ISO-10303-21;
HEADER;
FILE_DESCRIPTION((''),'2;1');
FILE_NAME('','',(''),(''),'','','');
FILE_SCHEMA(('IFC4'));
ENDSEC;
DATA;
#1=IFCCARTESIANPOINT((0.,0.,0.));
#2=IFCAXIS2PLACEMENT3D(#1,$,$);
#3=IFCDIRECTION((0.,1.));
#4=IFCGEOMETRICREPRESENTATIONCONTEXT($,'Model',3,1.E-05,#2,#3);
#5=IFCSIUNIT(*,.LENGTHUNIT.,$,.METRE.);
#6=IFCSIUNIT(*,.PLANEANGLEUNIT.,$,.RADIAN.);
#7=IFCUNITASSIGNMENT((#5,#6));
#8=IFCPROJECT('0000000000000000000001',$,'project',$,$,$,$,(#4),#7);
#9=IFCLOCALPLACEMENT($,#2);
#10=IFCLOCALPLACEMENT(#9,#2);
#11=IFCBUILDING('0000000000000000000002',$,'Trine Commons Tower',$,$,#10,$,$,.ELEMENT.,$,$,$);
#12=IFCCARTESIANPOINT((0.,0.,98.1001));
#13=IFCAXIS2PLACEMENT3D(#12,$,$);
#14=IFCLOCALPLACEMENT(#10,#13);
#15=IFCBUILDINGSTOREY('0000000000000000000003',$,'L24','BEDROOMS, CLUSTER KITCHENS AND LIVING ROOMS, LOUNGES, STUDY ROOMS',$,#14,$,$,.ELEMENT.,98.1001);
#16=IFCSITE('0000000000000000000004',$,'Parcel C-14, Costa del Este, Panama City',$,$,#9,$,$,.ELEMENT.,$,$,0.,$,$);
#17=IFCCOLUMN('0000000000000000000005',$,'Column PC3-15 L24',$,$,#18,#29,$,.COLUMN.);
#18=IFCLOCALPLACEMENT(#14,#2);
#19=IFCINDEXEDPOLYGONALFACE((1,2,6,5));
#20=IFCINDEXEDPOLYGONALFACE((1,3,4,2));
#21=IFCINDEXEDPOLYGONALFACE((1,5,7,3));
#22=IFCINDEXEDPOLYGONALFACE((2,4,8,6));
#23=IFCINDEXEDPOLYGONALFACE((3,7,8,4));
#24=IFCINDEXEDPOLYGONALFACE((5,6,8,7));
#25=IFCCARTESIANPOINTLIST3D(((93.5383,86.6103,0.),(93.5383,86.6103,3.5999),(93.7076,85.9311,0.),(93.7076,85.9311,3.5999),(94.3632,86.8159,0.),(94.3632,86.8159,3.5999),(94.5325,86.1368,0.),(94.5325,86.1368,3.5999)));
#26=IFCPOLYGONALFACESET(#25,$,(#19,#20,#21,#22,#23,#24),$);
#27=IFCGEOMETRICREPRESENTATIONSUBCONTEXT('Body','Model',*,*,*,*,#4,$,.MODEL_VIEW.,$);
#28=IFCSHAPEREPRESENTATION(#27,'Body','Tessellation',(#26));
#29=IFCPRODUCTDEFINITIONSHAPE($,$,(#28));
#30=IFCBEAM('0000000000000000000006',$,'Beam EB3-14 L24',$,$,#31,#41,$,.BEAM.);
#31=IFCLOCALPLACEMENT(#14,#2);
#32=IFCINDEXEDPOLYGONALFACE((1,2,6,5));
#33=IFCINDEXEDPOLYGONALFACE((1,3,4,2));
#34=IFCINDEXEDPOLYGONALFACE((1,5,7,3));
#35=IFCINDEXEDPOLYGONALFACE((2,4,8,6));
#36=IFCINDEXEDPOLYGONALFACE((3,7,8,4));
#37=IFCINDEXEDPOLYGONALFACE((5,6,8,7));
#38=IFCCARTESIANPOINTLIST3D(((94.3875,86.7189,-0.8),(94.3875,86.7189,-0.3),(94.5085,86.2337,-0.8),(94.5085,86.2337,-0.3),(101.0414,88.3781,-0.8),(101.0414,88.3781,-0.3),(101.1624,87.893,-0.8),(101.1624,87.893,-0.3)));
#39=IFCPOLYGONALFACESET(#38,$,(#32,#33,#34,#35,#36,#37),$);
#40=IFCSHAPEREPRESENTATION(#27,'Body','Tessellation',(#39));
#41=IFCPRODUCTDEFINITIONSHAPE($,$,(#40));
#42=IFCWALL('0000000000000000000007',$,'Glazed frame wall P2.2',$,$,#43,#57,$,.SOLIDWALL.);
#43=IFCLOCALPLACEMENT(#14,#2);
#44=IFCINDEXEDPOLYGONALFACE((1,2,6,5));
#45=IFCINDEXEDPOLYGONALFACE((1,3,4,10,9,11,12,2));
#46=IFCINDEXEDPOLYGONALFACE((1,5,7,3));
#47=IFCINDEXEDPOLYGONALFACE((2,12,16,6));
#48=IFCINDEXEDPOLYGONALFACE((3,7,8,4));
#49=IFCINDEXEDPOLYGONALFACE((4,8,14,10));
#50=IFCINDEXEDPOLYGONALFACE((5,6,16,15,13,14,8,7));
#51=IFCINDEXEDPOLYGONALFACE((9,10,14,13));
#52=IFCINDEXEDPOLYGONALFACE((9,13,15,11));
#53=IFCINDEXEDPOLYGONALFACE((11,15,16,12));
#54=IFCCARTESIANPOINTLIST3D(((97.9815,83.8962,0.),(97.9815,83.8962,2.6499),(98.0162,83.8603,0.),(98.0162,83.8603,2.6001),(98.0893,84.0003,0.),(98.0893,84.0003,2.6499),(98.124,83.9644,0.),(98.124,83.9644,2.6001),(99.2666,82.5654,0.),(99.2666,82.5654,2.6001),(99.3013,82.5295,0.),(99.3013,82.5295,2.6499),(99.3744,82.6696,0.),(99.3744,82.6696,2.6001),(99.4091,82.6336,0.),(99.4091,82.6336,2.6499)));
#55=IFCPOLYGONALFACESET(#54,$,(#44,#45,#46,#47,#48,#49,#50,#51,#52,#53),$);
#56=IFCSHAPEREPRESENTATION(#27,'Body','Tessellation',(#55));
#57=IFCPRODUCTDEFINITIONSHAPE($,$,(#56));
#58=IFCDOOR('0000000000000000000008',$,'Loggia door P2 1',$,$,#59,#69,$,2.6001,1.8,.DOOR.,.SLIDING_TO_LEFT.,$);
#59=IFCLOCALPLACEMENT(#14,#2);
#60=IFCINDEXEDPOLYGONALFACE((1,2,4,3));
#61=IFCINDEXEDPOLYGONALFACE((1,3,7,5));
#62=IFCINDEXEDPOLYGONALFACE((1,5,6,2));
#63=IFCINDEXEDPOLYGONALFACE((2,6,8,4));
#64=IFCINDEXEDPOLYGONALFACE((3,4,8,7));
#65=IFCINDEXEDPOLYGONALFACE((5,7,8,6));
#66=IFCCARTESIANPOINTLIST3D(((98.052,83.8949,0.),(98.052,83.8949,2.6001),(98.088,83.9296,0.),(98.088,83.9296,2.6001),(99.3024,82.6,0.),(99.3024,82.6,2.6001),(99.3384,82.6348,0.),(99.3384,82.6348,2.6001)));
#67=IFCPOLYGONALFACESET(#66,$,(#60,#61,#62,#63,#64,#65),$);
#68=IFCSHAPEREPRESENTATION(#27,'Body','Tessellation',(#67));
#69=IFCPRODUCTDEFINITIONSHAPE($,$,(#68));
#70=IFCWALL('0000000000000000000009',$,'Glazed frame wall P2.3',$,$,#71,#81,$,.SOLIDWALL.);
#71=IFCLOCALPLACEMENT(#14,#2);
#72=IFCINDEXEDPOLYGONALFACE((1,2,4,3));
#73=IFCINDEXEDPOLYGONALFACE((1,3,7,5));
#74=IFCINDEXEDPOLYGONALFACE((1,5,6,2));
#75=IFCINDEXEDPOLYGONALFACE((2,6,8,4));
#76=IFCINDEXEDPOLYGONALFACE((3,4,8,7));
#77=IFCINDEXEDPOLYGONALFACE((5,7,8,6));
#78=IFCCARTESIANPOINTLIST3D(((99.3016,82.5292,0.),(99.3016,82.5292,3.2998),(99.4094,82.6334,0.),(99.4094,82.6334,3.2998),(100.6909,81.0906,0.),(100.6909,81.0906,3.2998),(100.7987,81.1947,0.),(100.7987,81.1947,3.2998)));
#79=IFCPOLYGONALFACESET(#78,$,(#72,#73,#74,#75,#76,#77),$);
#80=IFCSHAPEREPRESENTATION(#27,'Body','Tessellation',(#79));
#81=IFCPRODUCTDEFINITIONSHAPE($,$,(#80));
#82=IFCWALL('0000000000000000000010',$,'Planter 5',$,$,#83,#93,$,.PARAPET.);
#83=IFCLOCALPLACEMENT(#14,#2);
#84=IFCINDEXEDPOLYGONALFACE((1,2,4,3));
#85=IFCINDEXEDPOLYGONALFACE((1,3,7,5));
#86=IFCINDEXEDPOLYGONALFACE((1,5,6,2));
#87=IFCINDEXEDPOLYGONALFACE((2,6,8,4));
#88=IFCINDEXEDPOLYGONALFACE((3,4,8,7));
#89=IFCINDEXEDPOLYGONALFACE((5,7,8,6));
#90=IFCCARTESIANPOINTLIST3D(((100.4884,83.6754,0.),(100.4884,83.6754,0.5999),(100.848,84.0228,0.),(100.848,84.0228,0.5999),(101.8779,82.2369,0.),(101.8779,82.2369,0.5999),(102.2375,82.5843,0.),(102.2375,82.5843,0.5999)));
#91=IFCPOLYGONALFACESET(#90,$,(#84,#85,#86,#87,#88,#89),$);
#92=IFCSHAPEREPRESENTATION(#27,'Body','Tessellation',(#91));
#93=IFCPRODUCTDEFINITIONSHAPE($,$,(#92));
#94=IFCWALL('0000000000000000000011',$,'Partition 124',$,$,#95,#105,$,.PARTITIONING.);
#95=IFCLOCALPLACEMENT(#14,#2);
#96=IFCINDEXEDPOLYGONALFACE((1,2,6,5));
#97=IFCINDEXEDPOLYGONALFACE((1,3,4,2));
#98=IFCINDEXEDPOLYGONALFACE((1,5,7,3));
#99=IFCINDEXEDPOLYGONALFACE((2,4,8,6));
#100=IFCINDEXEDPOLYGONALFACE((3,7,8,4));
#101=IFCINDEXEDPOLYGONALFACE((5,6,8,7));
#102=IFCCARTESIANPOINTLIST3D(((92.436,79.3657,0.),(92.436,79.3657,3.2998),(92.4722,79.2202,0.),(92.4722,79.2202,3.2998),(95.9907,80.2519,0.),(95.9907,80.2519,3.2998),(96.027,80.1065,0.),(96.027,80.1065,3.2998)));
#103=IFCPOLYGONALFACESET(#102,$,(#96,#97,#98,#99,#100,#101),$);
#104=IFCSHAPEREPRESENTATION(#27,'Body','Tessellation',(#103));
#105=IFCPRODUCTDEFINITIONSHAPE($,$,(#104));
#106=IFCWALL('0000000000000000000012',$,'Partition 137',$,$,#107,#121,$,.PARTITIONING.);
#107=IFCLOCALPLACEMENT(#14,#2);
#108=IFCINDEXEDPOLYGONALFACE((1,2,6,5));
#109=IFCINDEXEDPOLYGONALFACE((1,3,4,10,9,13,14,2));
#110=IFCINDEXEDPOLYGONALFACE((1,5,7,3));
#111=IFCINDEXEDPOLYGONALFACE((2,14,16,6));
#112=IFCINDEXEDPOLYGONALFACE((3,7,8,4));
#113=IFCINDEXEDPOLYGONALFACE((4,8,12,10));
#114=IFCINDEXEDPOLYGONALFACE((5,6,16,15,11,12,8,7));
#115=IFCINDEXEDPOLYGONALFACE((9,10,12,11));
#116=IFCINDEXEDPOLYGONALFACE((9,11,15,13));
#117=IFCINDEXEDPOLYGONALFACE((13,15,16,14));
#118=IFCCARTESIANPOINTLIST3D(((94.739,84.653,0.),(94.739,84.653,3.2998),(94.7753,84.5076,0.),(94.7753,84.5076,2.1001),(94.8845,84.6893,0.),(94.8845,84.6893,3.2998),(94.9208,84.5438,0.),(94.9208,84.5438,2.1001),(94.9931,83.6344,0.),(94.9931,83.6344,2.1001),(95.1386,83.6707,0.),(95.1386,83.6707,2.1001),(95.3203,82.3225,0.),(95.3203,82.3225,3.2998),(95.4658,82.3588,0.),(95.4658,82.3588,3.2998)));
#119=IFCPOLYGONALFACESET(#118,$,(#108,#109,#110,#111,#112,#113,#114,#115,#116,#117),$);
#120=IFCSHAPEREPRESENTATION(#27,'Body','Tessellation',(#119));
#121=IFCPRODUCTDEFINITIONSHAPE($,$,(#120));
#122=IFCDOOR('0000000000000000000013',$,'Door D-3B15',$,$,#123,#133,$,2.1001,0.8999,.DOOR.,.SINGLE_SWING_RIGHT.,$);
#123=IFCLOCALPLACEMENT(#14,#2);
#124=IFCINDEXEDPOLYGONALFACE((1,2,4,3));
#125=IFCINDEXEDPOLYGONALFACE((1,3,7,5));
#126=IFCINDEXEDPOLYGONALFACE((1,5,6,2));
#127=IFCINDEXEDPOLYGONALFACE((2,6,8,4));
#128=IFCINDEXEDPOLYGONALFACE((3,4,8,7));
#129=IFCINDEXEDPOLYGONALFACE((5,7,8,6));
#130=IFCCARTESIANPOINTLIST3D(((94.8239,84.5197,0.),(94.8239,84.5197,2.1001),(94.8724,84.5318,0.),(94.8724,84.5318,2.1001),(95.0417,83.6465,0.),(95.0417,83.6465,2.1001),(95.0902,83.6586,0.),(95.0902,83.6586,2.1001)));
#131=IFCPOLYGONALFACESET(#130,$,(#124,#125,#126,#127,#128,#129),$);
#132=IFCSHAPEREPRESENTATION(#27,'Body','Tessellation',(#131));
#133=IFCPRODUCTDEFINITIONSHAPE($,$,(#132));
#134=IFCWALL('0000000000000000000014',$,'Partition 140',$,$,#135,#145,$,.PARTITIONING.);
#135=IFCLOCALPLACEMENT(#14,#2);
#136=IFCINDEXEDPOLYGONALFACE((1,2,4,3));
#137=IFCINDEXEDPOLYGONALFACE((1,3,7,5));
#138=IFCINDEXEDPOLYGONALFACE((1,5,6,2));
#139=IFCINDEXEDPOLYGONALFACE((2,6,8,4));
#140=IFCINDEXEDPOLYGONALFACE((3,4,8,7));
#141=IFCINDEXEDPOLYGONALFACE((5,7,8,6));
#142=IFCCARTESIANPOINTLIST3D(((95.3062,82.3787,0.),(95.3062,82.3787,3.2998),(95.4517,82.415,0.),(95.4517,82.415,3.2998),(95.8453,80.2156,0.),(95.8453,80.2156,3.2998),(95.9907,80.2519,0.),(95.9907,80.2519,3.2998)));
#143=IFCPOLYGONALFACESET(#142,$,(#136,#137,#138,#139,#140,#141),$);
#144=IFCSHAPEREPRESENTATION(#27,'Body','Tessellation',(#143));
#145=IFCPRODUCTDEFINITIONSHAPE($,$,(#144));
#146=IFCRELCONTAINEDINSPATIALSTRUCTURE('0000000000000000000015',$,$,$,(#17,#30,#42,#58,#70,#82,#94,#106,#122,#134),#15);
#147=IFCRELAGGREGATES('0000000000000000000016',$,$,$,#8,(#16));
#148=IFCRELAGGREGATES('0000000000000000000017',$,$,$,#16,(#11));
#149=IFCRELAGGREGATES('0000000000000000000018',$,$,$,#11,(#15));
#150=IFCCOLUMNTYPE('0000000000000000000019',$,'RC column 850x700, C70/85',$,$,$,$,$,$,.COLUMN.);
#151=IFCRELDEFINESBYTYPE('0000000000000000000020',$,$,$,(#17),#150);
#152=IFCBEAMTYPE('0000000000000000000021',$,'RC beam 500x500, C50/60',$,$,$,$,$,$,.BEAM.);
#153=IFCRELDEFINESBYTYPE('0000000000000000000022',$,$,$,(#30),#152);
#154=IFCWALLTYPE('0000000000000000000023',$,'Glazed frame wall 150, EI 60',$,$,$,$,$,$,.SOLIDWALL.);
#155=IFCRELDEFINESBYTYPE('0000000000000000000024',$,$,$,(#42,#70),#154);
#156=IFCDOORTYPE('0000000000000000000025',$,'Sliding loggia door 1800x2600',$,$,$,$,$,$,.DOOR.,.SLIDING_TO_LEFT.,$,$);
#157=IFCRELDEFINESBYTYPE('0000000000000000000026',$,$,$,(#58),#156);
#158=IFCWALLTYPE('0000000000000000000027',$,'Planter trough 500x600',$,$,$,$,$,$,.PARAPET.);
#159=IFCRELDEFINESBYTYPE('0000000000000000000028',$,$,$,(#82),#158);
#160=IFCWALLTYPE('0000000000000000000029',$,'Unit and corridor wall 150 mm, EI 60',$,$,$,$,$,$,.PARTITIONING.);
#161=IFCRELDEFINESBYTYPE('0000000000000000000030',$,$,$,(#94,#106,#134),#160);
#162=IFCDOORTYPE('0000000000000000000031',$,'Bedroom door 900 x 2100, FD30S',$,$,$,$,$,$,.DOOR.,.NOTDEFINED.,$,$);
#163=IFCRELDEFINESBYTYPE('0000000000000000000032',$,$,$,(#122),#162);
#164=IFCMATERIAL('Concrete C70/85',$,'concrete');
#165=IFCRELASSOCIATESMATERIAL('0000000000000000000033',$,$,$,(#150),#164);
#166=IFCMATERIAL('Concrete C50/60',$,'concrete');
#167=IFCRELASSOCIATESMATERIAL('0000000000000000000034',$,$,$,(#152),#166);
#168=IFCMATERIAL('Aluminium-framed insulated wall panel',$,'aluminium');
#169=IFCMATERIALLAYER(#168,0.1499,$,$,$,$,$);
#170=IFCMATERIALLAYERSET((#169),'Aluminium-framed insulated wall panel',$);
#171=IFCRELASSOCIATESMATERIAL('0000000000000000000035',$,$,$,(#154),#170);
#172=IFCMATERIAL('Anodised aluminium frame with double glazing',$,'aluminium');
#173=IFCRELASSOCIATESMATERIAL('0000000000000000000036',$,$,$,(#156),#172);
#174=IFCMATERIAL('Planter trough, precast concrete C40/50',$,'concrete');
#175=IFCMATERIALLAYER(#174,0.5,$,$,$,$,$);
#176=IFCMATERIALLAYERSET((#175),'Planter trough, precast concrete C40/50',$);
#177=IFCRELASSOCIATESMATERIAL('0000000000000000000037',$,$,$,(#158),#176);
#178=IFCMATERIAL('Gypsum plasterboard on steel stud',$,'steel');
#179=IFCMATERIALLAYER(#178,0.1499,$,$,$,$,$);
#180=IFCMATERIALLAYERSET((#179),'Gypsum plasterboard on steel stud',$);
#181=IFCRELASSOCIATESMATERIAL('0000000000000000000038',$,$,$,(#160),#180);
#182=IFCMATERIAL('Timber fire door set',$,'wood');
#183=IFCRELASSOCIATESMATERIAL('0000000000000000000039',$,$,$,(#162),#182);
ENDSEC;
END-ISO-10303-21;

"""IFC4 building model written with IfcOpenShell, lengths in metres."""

from ifc_helpers import new_model, si_unit, direction, frame, frame_2d, origin, origin_2d, place, context, subcontext, project, spatial, polyline, rectangle, outline, extrude, material, layer, layer_set, material_profile, profile_set, type_object, element, fill, save


model = new_model("IFC4")

# Units and contexts
model_context = context("Model", 3, precision=1e-05, world=origin(), true_north=direction((0.0, 1.0)))
body_context = subcontext(model_context, "Body", "Model", "MODEL_VIEW")
ifc_project = project(units=[si_unit("LENGTHUNIT", "METRE"), si_unit("PLANEANGLEUNIT", "RADIAN")], contexts=[model_context])

# Site, building, storey
site_placement = place(None, origin())
site = spatial("IfcSite", under=ifc_project, at=site_placement, Name="Parcel C-14, Costa del Este, Panama City", CompositionType="ELEMENT", RefElevation=0.0)
building_placement = place(site_placement, origin())
building = spatial("IfcBuilding", under=site, at=building_placement, Name="Trine Commons Tower", CompositionType="ELEMENT")
storey_placement = place(building_placement, frame((0.0, 0.0, 98.1001)))
storey = spatial("IfcBuildingStorey", under=building, at=storey_placement, Name="L24", Description="BEDROOMS, CLUSTER KITCHENS AND LIVING ROOMS, LOUNGES, STUDY ROOMS", CompositionType="ELEMENT", Elevation=98.1001)

# Column
ifc_material_1 = material(Name="Concrete C70/85", Category="concrete")
ifc_material_profile_1 = material_profile(ifc_material_1, rectangle(XDim=0.8501, YDim=0.7, at=origin_2d()), Name="RC 850x700")
ifc_profile_set_1 = profile_set([ifc_material_profile_1], Name="Concrete C70/85")
column_type = type_object("IfcColumnType", Name="RC column 850x700, C70/85", PredefinedType="COLUMN", material=ifc_profile_set_1)
column_placement = place(storey_placement, frame((94.0354, 86.3735, 0.0), z_axis=(0.0, 0.0, 1.0), x_axis=(0.970296, 0.241922, 0.0)))
element("IfcColumn", 1, at=column_placement, inside=storey, type_object=column_type, Name="Column PC3-15 L24", PredefinedType="COLUMN", context=body_context, shape_type="SweptSolid", body=[
    extrude(rectangle(XDim=0.8501, YDim=0.7, at=origin_2d()), origin(), (0.0, 0.0, 1.0), 3.5999),
])

# Beam
ifc_material_2 = material(Name="Concrete C50/60", Category="concrete")
ifc_material_profile_2 = material_profile(ifc_material_2, rectangle(XDim=0.5, YDim=0.5, at=origin_2d()), Name="RC 500x500")
ifc_profile_set_2 = profile_set([ifc_material_profile_2], Name="Concrete C50/60")
beam_type = type_object("IfcBeamType", Name="RC beam 500x500, C50/60", PredefinedType="BEAM", material=ifc_profile_set_2)
beam_placement = place(storey_placement, frame((94.448, 86.4763, -0.55), z_axis=(0.970289, 0.241949, 0.0), x_axis=(-0.241949, 0.970289, 0.0)))
element("IfcBeam", 2, at=beam_placement, inside=storey, type_object=beam_type, Name="Beam EB3-14 L24", PredefinedType="BEAM", context=body_context, shape_type="SweptSolid", body=[
    extrude(rectangle(XDim=0.5, YDim=0.5, at=origin_2d()), origin(), (0.0, 0.0, 1.0), 6.8577),
])

# Shared definitions
ifc_material_3 = material(Name="Aluminium-framed insulated wall panel", Category="aluminium")
ifc_layer_1 = layer(ifc_material_3, 0.1499)
ifc_layer_set_1 = layer_set([ifc_layer_1], Name="Aluminium-framed insulated wall panel")
wall_type_1 = type_object("IfcWallType", Name="Glazed frame wall 150, EI 60", PredefinedType="SOLIDWALL", material=ifc_layer_set_1)

# Wall, opening, door
wall_1_placement = place(storey_placement, frame((98.0354, 83.9482, 0.0), z_axis=(0.0, 0.0, 1.0), x_axis=(0.694666, -0.719333, 0.0)))
wall_1 = element("IfcWall", 3, at=wall_1_placement, inside=storey, type_object=wall_type_1, Name="Glazed frame wall P2.2", PredefinedType="SOLIDWALL", context=body_context, shape_type="SweptSolid", body=[
    extrude(outline(polyline([(0.0, -0.075), (1.8999, -0.075), (1.8999, 0.075), (0.0, 0.075), (0.0, -0.075)])), origin(), (0.0, 0.0, 1.0), 2.6499),
])
opening_1_placement = place(wall_1_placement, frame((0.05, 0.0, 0.0)))
opening_1 = element("IfcOpeningElement", 4, at=opening_1_placement, cuts=wall_1, PredefinedType="OPENING", context=body_context, shape_type="SweptSolid", body=[
    extrude(rectangle(XDim=1.8, YDim=2.6001, at=frame_2d((0.8999, 1.3))), frame((0.0, 0.085, 0.0), z_axis=(0.0, -1.0, 0.0), x_axis=(1.0, 0.0, 0.0)), (0.0, 0.0, 1.0), 0.1699),
])
ifc_material_4 = material(Name="Anodised aluminium frame with double glazing", Category="aluminium")
door_type_1 = type_object("IfcDoorType", Name="Sliding loggia door 1800x2600", OperationType="SLIDING_TO_LEFT", PredefinedType="DOOR", material=ifc_material_4)
door_1_placement = place(opening_1_placement, origin())
door_1 = element("IfcDoor", 5, at=door_1_placement, inside=storey, type_object=door_type_1, Name="Loggia door P2 1", OperationType="SLIDING_TO_LEFT", OverallHeight=2.6001, OverallWidth=1.8, PredefinedType="DOOR", context=body_context, shape_type="SweptSolid", body=[
    extrude(rectangle(XDim=1.8, YDim=2.6001, at=frame_2d((0.8999, 1.3))), frame((0.0, 0.0249, 0.0), z_axis=(0.0, -1.0, 0.0), x_axis=(1.0, 0.0, 0.0)), (0.0, 0.0, 1.0), 0.05),
])
fill(opening_1, door_1)

# Walls
wall_2_placement = place(storey_placement, frame((99.3555, 82.5813, 0.0), z_axis=(0.0, 0.0, 1.0), x_axis=(0.694669, -0.71933, 0.0)))
element("IfcWall", 6, at=wall_2_placement, inside=storey, type_object=wall_type_1, Name="Glazed frame wall P2.3", PredefinedType="SOLIDWALL", context=body_context, shape_type="SweptSolid", body=[
    extrude(outline(polyline([(0.0, -0.075), (2.0, -0.075), (2.0, 0.075), (0.0, 0.075), (0.0, -0.075)])), origin(), (0.0, 0.0, 1.0), 3.2998),
])
ifc_material_5 = material(Name="Planter trough, precast concrete C40/50", Category="concrete")
ifc_layer_2 = layer(ifc_material_5, 0.5)
ifc_layer_set_2 = layer_set([ifc_layer_2], Name="Planter trough, precast concrete C40/50")
wall_type_2 = type_object("IfcWallType", Name="Planter trough 500x600", PredefinedType="PARAPET", material=ifc_layer_set_2)
wall_3_placement = place(storey_placement, frame((100.6682, 83.8491, 0.0), z_axis=(0.0, 0.0, 1.0), x_axis=(0.694732, -0.719269, 0.0)))
element("IfcWall", 7, at=wall_3_placement, inside=storey, type_object=wall_type_2, Name="Planter 5", PredefinedType="PARAPET", context=body_context, shape_type="SweptSolid", body=[
    extrude(rectangle(XDim=2.0, YDim=0.5, at=frame_2d((1.0, 0.0))), origin(), (0.0, 0.0, 1.0), 0.5999),
])
ifc_material_6 = material(Name="Gypsum plasterboard on steel stud", Category="steel")
ifc_layer_3 = layer(ifc_material_6, 0.1499)
ifc_layer_set_3 = layer_set([ifc_layer_3], Name="Gypsum plasterboard on steel stud")
wall_type_3 = type_object("IfcWallType", Name="Unit and corridor wall 150 mm, EI 60", PredefinedType="PARTITIONING", material=ifc_layer_set_3)
wall_4_placement = place(storey_placement, frame((92.4541, 79.293, 0.0), z_axis=(0.0, 0.0, 1.0), x_axis=(0.970299, 0.241908, 0.0)))
element("IfcWall", 8, at=wall_4_placement, inside=storey, type_object=wall_type_3, Name="Partition 124", PredefinedType="PARTITIONING", context=body_context, shape_type="SweptSolid", body=[
    extrude(rectangle(XDim=3.6636, YDim=0.1499, at=frame_2d((1.8318, 0.0))), origin(), (0.0, 0.0, 1.0), 3.2998),
])

# Wall, opening, door
wall_5_placement = place(storey_placement, frame((94.8118, 84.6711, 0.0), z_axis=(0.0, 0.0, 1.0), x_axis=(0.242009, -0.970274, 0.0)))
wall_5 = element("IfcWall", 9, at=wall_5_placement, inside=storey, type_object=wall_type_3, Name="Partition 137", PredefinedType="PARTITIONING", context=body_context, shape_type="SweptSolid", body=[
    extrude(rectangle(XDim=2.4019, YDim=0.1499, at=frame_2d((1.2009, 0.0))), origin(), (0.0, 0.0, 1.0), 3.2998),
])
opening_2_placement = place(wall_5_placement, frame((0.1499, 0.0, 0.0)))
opening_2 = element("IfcOpeningElement", 10, at=opening_2_placement, cuts=wall_5, PredefinedType="OPENING", context=body_context, shape_type="SweptSolid", body=[
    extrude(rectangle(XDim=0.8999, YDim=2.1001, at=frame_2d((0.45, 1.05))), frame((0.0, 0.085, 0.0), z_axis=(0.0, -1.0, 0.0), x_axis=(1.0, 0.0, 0.0)), (0.0, 0.0, 1.0), 0.1699),
])
ifc_material_7 = material(Name="Timber fire door set", Category="wood")
door_type_2 = type_object("IfcDoorType", Name="Bedroom door 900 x 2100, FD30S", OperationType="NOTDEFINED", PredefinedType="DOOR", material=ifc_material_7)
door_2_placement = place(opening_2_placement, frame((0.8999, 0.0, 0.0), z_axis=(0.0, 0.0, 1.0), x_axis=(-1.0, 0.0, 0.0)))
door_2 = element("IfcDoor", 11, at=door_2_placement, inside=storey, type_object=door_type_2, Name="Door D-3B15", OperationType="SINGLE_SWING_RIGHT", OverallHeight=2.1001, OverallWidth=0.8999, PredefinedType="DOOR", context=body_context, shape_type="SweptSolid", body=[
    extrude(rectangle(XDim=0.8999, YDim=2.1001, at=frame_2d((0.45, 1.05))), frame((0.0, 0.0249, 0.0), z_axis=(0.0, -1.0, 0.0), x_axis=(1.0, 0.0, 0.0)), (0.0, 0.0, 1.0), 0.05),
])
fill(opening_2, door_2)

# Wall
wall_6_placement = place(storey_placement, frame((95.3789, 82.397, 0.0), z_axis=(0.0, 0.0, 1.0), x_axis=(0.241814, -0.970323, 0.0)))
element("IfcWall", 12, at=wall_6_placement, inside=storey, type_object=wall_type_3, Name="Partition 140", PredefinedType="PARTITIONING", context=body_context, shape_type="SweptSolid", body=[
    extrude(rectangle(XDim=2.2292, YDim=0.1499, at=frame_2d((1.1147, 0.0))), origin(), (0.0, 0.0, 1.0), 3.2998),
])

save(model, "model.ifc")
